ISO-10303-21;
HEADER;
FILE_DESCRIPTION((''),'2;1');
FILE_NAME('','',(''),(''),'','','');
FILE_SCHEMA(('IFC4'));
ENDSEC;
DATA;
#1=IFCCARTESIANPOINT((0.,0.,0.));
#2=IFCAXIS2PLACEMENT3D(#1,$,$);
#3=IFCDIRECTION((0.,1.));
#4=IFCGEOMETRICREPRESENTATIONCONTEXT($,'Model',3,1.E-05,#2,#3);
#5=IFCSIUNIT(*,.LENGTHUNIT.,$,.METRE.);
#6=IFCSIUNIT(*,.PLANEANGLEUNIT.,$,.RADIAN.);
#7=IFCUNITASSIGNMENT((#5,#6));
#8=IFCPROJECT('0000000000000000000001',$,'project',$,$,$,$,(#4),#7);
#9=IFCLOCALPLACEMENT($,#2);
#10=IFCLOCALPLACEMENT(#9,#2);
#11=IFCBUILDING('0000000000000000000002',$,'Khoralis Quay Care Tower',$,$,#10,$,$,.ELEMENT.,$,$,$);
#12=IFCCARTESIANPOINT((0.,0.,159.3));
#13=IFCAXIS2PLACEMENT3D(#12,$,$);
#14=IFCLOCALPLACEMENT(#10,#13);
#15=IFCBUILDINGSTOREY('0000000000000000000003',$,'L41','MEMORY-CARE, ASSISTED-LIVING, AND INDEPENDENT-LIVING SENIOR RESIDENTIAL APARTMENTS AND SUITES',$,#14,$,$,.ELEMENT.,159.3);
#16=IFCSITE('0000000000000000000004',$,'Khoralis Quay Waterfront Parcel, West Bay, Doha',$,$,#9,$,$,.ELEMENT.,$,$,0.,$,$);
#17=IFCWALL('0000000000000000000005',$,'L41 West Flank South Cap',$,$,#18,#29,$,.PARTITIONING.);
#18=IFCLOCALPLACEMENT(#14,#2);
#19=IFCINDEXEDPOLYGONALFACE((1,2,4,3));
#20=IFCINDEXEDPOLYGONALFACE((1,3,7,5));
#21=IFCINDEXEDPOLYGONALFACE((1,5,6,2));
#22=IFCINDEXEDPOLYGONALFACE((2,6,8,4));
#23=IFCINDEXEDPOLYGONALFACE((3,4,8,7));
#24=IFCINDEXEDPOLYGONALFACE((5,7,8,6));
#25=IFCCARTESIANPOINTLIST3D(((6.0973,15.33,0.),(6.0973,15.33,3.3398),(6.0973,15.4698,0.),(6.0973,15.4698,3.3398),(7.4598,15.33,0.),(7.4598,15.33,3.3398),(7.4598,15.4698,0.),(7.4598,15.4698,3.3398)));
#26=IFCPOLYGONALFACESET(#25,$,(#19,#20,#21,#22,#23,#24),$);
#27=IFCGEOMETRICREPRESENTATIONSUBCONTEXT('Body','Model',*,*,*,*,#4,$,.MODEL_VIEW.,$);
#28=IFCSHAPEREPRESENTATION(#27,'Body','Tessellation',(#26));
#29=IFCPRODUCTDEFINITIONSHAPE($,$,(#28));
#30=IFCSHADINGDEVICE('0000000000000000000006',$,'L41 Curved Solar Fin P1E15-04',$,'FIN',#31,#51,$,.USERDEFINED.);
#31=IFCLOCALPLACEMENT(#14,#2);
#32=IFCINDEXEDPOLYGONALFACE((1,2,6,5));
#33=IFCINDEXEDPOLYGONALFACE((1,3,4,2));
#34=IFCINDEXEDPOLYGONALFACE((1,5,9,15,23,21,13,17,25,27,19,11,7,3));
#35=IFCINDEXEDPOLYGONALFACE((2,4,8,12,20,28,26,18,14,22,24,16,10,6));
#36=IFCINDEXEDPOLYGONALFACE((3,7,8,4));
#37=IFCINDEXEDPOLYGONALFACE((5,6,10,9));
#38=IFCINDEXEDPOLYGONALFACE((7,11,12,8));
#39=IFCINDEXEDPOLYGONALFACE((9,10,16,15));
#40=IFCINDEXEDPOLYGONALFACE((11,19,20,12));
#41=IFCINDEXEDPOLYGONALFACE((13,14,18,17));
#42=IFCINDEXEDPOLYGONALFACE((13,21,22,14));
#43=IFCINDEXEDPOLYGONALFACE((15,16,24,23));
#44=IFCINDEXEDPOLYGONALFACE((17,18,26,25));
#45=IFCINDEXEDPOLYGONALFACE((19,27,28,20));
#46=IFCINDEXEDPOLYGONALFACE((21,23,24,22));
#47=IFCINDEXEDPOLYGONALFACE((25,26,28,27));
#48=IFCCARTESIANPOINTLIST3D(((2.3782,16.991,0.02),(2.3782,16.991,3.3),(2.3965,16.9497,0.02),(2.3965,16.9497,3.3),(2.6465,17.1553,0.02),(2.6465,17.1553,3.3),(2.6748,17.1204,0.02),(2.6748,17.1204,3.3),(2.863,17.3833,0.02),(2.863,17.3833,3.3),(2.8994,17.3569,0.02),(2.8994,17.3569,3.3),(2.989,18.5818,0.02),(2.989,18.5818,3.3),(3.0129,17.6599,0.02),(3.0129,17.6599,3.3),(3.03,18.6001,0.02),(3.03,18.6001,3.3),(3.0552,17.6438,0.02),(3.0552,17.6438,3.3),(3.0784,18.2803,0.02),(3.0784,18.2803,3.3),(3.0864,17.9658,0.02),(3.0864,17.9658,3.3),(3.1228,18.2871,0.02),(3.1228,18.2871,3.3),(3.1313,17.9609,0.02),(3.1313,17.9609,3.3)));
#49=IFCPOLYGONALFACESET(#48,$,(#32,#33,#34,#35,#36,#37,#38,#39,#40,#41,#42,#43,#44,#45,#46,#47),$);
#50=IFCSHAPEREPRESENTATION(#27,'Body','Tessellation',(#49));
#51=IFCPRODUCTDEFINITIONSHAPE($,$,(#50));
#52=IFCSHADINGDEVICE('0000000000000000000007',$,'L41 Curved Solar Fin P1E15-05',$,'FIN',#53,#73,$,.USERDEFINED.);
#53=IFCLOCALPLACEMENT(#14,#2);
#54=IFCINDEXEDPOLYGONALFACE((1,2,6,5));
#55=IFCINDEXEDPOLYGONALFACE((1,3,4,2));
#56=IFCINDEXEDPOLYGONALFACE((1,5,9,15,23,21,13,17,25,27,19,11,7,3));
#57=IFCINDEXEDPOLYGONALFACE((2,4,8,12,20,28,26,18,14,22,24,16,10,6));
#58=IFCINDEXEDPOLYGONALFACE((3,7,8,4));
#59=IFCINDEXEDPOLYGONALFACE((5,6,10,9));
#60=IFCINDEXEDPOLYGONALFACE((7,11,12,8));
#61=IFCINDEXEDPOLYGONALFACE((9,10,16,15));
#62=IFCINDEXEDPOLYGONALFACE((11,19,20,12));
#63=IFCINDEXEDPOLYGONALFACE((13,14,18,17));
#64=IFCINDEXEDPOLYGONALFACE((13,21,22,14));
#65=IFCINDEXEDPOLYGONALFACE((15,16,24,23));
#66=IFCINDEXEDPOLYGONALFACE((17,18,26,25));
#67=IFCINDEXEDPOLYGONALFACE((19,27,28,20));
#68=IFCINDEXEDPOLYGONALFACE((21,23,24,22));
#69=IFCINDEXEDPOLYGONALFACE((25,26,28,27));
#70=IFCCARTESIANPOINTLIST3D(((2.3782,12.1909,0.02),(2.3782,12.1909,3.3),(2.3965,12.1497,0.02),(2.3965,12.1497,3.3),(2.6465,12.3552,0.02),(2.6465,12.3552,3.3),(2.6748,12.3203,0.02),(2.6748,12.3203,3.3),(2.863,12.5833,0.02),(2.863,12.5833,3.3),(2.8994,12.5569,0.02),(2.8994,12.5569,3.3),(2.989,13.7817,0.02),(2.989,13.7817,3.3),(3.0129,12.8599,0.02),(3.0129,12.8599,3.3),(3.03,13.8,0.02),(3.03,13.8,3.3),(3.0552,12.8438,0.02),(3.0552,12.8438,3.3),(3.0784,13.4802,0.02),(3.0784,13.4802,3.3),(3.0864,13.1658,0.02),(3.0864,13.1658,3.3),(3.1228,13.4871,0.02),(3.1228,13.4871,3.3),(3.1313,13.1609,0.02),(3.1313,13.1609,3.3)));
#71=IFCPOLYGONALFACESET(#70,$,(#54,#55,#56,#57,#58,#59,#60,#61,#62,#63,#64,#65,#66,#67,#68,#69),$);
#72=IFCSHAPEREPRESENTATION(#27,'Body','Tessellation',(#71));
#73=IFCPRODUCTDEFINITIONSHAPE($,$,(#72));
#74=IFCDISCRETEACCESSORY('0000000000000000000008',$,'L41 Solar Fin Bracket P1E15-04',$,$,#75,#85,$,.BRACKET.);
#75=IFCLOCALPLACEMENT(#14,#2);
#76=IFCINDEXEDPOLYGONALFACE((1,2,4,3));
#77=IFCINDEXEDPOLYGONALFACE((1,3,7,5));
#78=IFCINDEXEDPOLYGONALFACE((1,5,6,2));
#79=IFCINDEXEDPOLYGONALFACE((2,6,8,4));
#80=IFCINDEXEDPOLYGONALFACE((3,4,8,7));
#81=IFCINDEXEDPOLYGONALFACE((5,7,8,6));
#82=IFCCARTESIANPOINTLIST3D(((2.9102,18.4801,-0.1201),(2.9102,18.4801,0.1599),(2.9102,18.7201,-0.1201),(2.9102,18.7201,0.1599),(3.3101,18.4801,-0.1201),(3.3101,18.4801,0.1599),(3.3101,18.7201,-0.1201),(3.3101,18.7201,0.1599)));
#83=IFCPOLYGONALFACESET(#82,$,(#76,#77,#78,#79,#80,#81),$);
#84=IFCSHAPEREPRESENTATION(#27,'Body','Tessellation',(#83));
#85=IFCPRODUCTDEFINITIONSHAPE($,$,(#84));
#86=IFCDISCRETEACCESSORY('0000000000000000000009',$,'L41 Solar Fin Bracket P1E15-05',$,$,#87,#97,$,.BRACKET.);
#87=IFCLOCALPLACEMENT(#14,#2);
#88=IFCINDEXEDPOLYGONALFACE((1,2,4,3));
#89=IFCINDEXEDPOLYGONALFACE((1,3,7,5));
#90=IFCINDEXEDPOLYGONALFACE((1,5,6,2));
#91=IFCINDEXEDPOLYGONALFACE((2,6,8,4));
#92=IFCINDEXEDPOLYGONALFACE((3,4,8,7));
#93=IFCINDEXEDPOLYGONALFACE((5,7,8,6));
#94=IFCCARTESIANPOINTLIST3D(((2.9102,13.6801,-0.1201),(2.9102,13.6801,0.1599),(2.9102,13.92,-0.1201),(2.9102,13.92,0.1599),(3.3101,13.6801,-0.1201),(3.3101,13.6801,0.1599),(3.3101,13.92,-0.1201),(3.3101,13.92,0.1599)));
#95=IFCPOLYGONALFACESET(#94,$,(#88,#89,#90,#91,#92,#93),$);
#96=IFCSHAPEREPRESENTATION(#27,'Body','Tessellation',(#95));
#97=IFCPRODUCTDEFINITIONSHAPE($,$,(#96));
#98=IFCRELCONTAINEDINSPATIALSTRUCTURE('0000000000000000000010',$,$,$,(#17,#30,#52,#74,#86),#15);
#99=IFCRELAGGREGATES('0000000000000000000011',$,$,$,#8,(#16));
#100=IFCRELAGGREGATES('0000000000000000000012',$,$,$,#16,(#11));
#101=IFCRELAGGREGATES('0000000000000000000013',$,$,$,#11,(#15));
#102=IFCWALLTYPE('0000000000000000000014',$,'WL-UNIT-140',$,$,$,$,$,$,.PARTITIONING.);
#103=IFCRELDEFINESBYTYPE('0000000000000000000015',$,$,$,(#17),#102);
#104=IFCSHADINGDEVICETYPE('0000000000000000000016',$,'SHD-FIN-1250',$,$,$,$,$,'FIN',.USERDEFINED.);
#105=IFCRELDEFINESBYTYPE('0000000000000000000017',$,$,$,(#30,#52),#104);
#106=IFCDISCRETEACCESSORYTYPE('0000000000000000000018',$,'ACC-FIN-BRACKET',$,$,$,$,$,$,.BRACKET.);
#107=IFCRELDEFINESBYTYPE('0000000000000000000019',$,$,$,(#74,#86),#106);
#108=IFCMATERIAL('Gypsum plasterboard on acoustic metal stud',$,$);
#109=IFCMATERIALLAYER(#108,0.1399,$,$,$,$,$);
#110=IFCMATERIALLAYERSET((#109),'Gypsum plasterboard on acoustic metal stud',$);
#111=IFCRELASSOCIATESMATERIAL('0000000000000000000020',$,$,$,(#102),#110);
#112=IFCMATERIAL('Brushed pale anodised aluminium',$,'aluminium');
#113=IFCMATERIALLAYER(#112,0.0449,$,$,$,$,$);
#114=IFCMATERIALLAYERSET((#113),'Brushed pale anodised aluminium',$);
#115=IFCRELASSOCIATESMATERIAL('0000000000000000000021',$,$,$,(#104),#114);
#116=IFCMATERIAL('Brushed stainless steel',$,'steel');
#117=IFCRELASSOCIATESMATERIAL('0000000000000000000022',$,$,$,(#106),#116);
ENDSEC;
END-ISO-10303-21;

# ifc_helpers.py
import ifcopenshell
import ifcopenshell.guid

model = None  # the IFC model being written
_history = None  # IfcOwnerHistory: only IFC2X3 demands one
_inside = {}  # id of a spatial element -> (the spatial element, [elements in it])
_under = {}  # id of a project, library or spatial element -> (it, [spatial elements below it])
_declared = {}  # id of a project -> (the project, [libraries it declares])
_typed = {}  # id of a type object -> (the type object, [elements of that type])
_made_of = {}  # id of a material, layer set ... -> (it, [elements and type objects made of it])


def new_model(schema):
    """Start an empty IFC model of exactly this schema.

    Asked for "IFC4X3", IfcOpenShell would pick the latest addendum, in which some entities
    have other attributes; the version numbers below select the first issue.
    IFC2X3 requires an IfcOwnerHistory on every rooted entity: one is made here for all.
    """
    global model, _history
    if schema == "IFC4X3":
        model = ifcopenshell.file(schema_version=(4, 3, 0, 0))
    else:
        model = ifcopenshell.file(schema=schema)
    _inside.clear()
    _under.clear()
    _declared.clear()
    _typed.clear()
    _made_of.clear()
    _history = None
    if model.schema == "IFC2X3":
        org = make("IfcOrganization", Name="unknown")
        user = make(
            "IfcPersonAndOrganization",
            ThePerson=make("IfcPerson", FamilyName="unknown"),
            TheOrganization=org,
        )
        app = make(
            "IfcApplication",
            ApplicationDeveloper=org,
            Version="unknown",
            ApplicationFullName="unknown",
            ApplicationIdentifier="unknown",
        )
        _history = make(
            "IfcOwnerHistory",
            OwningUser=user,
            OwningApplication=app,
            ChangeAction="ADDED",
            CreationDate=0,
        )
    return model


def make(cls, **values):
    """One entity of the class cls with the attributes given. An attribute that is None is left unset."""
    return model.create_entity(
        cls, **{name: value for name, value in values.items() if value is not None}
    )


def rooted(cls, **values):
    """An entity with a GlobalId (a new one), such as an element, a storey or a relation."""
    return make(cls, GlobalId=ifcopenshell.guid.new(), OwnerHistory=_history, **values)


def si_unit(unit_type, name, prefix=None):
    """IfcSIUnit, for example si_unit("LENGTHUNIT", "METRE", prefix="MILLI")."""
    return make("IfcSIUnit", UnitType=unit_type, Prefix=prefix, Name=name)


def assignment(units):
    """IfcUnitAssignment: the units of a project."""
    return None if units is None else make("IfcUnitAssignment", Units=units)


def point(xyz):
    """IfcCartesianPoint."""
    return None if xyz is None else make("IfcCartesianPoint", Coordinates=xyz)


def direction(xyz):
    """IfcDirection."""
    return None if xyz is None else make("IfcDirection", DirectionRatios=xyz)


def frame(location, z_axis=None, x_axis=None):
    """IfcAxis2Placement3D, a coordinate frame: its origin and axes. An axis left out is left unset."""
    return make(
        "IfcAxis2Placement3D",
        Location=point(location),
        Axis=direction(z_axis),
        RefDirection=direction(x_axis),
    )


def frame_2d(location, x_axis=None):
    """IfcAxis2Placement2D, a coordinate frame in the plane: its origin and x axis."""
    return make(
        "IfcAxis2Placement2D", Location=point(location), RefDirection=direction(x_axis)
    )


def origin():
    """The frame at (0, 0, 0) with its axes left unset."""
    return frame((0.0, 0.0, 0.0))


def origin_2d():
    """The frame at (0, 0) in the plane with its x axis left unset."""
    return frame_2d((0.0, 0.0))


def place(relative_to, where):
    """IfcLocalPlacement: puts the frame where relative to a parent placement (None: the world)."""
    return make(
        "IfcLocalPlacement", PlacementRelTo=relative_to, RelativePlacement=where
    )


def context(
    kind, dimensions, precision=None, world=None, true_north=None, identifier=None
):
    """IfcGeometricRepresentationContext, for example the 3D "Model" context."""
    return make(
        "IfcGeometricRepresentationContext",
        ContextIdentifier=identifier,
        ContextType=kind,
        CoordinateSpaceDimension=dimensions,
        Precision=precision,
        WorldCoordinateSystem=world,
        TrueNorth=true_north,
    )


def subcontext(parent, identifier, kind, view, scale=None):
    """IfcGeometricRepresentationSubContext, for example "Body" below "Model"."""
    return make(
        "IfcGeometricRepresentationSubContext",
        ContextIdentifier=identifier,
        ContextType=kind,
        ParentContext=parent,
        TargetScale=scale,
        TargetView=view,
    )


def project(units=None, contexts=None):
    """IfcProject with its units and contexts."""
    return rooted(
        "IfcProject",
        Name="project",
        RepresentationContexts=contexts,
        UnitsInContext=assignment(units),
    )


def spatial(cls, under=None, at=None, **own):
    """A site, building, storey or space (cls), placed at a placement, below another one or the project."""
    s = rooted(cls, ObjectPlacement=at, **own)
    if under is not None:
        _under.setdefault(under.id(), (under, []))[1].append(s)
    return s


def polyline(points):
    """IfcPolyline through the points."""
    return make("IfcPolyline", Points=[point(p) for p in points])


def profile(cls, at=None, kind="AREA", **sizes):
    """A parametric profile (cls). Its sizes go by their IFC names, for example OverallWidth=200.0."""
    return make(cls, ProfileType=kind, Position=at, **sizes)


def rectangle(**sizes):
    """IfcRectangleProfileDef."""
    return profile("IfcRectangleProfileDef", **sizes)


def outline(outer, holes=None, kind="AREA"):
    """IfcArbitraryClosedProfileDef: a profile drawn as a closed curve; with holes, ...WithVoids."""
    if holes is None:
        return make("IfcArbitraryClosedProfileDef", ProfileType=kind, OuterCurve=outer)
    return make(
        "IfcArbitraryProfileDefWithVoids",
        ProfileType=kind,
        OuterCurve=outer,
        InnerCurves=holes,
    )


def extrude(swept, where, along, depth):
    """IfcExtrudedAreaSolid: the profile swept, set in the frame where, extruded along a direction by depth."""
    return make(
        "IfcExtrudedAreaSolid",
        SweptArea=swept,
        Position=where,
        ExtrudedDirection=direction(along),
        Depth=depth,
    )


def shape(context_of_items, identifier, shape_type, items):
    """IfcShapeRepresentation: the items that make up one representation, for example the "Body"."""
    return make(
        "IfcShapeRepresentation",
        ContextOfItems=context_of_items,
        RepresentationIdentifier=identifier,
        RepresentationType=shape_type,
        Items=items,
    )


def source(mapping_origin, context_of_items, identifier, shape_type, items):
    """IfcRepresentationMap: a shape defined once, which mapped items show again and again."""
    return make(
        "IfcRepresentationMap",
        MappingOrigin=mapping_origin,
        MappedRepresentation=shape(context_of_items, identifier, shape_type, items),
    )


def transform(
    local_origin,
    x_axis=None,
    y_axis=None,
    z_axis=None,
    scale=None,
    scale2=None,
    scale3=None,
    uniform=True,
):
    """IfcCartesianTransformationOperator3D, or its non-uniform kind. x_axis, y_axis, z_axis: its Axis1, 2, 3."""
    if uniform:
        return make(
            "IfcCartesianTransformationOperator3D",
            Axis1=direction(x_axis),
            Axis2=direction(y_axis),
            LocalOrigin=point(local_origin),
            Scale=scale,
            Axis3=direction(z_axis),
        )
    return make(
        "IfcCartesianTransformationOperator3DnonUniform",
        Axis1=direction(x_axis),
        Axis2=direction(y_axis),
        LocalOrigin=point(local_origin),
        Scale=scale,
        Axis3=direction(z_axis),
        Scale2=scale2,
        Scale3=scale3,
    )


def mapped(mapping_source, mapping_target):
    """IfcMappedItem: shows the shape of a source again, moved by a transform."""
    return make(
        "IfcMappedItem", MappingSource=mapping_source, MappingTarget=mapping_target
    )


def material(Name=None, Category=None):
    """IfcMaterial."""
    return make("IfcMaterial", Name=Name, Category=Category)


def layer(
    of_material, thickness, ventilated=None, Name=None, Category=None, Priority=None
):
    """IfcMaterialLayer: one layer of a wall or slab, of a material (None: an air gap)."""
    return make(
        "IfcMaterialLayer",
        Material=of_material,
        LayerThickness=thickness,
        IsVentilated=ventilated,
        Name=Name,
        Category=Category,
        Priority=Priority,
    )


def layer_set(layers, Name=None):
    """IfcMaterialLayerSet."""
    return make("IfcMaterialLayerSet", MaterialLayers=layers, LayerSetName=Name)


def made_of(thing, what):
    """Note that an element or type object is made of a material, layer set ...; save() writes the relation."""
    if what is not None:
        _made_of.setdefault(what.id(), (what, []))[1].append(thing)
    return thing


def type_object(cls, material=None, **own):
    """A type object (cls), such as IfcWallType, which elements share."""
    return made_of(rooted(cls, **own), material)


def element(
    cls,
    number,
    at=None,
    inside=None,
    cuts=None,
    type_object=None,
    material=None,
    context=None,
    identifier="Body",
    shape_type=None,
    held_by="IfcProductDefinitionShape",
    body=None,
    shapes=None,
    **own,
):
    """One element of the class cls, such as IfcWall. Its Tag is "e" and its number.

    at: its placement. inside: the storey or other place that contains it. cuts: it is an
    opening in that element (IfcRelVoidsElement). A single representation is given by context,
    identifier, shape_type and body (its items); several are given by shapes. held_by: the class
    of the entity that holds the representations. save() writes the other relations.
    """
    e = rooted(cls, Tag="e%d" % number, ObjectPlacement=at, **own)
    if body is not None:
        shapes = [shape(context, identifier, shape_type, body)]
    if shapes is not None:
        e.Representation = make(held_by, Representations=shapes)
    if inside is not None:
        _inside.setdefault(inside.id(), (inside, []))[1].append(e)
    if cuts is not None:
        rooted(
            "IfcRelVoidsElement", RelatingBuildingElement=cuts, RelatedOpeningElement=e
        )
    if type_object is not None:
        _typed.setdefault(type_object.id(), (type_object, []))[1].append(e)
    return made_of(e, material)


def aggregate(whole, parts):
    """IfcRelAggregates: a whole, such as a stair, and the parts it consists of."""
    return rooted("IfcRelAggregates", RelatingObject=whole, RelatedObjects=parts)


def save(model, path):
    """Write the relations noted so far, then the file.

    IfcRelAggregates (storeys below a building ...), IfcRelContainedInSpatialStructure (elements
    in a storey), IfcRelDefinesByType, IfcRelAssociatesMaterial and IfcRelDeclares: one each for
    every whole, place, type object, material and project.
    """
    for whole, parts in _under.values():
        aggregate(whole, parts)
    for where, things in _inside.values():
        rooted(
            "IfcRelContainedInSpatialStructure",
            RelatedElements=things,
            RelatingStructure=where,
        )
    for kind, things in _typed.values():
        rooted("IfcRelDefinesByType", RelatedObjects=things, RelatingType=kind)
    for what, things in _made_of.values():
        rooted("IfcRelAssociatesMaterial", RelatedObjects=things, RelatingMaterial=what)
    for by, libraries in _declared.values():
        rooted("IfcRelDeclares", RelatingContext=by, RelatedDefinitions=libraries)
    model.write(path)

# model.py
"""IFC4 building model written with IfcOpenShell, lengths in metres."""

from ifc_helpers import new_model, si_unit, direction, frame, frame_2d, origin, origin_2d, place, context, subcontext, project, spatial, polyline, rectangle, outline, extrude, source, transform, mapped, material, layer, layer_set, type_object, element, save


model = new_model("IFC4")

# Units and contexts
model_context = context("Model", 3, precision=1e-05, world=origin(), true_north=direction((0.0, 1.0)))
body_context = subcontext(model_context, "Body", "Model", "MODEL_VIEW")
ifc_project = project(units=[si_unit("LENGTHUNIT", "METRE"), si_unit("PLANEANGLEUNIT", "RADIAN")], contexts=[model_context])

# Site, building, storey
site_placement = place(None, origin())
site = spatial("IfcSite", under=ifc_project, at=site_placement, Name="Khoralis Quay Waterfront Parcel, West Bay, Doha", CompositionType="ELEMENT", RefElevation=0.0)
building_placement = place(site_placement, origin())
building = spatial("IfcBuilding", under=site, at=building_placement, Name="Khoralis Quay Care Tower", CompositionType="ELEMENT")
storey_placement = place(building_placement, frame((0.0, 0.0, 159.3)))
storey = spatial("IfcBuildingStorey", under=building, at=storey_placement, Name="L41", Description="MEMORY-CARE, ASSISTED-LIVING, AND INDEPENDENT-LIVING SENIOR RESIDENTIAL APARTMENTS AND SUITES", CompositionType="ELEMENT", Elevation=159.3)

# Shared definitions
ifc_material_1 = material(Name="Brushed stainless steel", Category="steel")
ifc_material_2 = material(Name="Gypsum plasterboard on acoustic metal stud")

# Wall
ifc_layer_1 = layer(ifc_material_2, 0.1399)
ifc_layer_set_1 = layer_set([ifc_layer_1], Name="Gypsum plasterboard on acoustic metal stud")
wall_type_1 = type_object("IfcWallType", Name="WL-UNIT-140", PredefinedType="PARTITIONING", material=ifc_layer_set_1)
wall_1_placement = place(storey_placement, frame((6.0974, 15.3999, 0.0), z_axis=(0.0, 0.0, 1.0), x_axis=(1.0, 0.0, 0.0)))
element("IfcWall", 1, at=wall_1_placement, inside=storey, type_object=wall_type_1, Name="L41 West Flank South Cap", PredefinedType="PARTITIONING", context=body_context, shape_type="SweptSolid", body=[
    extrude(rectangle(XDim=1.3625, YDim=0.1399, at=frame_2d((0.6812, 0.0))), origin(), (0.0, 0.0, 1.0), 3.3398),
])

# Shading devices
ifc_material_3 = material(Name="Brushed pale anodised aluminium", Category="aluminium")
ifc_layer_2 = layer(ifc_material_3, 0.0449)
ifc_layer_set_2 = layer_set([ifc_layer_2], Name="Brushed pale anodised aluminium")
shading_device_type = type_object("IfcShadingDeviceType", Name="SHD-FIN-1250", ElementType="FIN", PredefinedType="USERDEFINED", material=ifc_layer_set_2)
shared_shape_1 = source(origin(), body_context, "Body", "SweptSolid", [
    extrude(outline(polyline([(0.0, 0.0), (-0.0928, 0.313), (-0.1013, 0.6392), (-0.0251, 0.9563), (0.1306, 1.2432), (0.3552, 1.4797), (0.6335, 1.6504), (0.6519, 1.6091), (0.3835, 1.4448), (0.167, 1.2168), (0.0171, 0.9402), (-0.0564, 0.6343), (-0.0483, 0.3198), (0.041, 0.0183), (0.0, 0.0)])), origin(), (0.0, 0.0, 1.0), 3.28),
])
for number, where, z_axis, x_axis, name in (
    (2, (3.03, 18.6001, 0.02), (0.0, 0.0, 1.0), (-1.0, 0.0, 0.0), "L41 Curved Solar Fin P1E15-04"),
    (3, (3.03, 13.8, 0.02), (0.0, 0.0, 1.0), (-1.0, 0.0, 0.0), "L41 Curved Solar Fin P1E15-05"),
):
    element("IfcShadingDevice", number, at=place(storey_placement, frame(where, z_axis=z_axis, x_axis=x_axis)), inside=storey, type_object=shading_device_type, Name=name, ObjectType="FIN", PredefinedType="USERDEFINED", context=body_context, shape_type="MappedRepresentation", body=[
        mapped(shared_shape_1, transform((0.0, 0.0, 0.0), scale=1.0)),
    ])

# Discrete accessories
discrete_accessory_type = type_object("IfcDiscreteAccessoryType", Name="ACC-FIN-BRACKET", PredefinedType="BRACKET", material=ifc_material_1)
shared_shape_2 = source(origin(), body_context, "Body", "SweptSolid", [
    extrude(rectangle(XDim=0.3999, YDim=0.24, at=origin_2d()), origin(), (0.0, 0.0, 1.0), 0.28),
])
for number, where, z_axis, x_axis, name in (
    (4, (3.1101, 18.6001, -0.1201), (0.0, 0.0, 1.0), (-1.0, 0.0, 0.0), "L41 Solar Fin Bracket P1E15-04"),
    (5, (3.1101, 13.8, -0.1201), (0.0, 0.0, 1.0), (-1.0, 0.0, 0.0), "L41 Solar Fin Bracket P1E15-05"),
):
    element("IfcDiscreteAccessory", number, at=place(storey_placement, frame(where, z_axis=z_axis, x_axis=x_axis)), inside=storey, type_object=discrete_accessory_type, Name=name, PredefinedType="BRACKET", context=body_context, shape_type="MappedRepresentation", body=[
        mapped(shared_shape_2, transform((0.0, 0.0, 0.0), scale=1.0)),
    ])

save(model, "model.ifc")
